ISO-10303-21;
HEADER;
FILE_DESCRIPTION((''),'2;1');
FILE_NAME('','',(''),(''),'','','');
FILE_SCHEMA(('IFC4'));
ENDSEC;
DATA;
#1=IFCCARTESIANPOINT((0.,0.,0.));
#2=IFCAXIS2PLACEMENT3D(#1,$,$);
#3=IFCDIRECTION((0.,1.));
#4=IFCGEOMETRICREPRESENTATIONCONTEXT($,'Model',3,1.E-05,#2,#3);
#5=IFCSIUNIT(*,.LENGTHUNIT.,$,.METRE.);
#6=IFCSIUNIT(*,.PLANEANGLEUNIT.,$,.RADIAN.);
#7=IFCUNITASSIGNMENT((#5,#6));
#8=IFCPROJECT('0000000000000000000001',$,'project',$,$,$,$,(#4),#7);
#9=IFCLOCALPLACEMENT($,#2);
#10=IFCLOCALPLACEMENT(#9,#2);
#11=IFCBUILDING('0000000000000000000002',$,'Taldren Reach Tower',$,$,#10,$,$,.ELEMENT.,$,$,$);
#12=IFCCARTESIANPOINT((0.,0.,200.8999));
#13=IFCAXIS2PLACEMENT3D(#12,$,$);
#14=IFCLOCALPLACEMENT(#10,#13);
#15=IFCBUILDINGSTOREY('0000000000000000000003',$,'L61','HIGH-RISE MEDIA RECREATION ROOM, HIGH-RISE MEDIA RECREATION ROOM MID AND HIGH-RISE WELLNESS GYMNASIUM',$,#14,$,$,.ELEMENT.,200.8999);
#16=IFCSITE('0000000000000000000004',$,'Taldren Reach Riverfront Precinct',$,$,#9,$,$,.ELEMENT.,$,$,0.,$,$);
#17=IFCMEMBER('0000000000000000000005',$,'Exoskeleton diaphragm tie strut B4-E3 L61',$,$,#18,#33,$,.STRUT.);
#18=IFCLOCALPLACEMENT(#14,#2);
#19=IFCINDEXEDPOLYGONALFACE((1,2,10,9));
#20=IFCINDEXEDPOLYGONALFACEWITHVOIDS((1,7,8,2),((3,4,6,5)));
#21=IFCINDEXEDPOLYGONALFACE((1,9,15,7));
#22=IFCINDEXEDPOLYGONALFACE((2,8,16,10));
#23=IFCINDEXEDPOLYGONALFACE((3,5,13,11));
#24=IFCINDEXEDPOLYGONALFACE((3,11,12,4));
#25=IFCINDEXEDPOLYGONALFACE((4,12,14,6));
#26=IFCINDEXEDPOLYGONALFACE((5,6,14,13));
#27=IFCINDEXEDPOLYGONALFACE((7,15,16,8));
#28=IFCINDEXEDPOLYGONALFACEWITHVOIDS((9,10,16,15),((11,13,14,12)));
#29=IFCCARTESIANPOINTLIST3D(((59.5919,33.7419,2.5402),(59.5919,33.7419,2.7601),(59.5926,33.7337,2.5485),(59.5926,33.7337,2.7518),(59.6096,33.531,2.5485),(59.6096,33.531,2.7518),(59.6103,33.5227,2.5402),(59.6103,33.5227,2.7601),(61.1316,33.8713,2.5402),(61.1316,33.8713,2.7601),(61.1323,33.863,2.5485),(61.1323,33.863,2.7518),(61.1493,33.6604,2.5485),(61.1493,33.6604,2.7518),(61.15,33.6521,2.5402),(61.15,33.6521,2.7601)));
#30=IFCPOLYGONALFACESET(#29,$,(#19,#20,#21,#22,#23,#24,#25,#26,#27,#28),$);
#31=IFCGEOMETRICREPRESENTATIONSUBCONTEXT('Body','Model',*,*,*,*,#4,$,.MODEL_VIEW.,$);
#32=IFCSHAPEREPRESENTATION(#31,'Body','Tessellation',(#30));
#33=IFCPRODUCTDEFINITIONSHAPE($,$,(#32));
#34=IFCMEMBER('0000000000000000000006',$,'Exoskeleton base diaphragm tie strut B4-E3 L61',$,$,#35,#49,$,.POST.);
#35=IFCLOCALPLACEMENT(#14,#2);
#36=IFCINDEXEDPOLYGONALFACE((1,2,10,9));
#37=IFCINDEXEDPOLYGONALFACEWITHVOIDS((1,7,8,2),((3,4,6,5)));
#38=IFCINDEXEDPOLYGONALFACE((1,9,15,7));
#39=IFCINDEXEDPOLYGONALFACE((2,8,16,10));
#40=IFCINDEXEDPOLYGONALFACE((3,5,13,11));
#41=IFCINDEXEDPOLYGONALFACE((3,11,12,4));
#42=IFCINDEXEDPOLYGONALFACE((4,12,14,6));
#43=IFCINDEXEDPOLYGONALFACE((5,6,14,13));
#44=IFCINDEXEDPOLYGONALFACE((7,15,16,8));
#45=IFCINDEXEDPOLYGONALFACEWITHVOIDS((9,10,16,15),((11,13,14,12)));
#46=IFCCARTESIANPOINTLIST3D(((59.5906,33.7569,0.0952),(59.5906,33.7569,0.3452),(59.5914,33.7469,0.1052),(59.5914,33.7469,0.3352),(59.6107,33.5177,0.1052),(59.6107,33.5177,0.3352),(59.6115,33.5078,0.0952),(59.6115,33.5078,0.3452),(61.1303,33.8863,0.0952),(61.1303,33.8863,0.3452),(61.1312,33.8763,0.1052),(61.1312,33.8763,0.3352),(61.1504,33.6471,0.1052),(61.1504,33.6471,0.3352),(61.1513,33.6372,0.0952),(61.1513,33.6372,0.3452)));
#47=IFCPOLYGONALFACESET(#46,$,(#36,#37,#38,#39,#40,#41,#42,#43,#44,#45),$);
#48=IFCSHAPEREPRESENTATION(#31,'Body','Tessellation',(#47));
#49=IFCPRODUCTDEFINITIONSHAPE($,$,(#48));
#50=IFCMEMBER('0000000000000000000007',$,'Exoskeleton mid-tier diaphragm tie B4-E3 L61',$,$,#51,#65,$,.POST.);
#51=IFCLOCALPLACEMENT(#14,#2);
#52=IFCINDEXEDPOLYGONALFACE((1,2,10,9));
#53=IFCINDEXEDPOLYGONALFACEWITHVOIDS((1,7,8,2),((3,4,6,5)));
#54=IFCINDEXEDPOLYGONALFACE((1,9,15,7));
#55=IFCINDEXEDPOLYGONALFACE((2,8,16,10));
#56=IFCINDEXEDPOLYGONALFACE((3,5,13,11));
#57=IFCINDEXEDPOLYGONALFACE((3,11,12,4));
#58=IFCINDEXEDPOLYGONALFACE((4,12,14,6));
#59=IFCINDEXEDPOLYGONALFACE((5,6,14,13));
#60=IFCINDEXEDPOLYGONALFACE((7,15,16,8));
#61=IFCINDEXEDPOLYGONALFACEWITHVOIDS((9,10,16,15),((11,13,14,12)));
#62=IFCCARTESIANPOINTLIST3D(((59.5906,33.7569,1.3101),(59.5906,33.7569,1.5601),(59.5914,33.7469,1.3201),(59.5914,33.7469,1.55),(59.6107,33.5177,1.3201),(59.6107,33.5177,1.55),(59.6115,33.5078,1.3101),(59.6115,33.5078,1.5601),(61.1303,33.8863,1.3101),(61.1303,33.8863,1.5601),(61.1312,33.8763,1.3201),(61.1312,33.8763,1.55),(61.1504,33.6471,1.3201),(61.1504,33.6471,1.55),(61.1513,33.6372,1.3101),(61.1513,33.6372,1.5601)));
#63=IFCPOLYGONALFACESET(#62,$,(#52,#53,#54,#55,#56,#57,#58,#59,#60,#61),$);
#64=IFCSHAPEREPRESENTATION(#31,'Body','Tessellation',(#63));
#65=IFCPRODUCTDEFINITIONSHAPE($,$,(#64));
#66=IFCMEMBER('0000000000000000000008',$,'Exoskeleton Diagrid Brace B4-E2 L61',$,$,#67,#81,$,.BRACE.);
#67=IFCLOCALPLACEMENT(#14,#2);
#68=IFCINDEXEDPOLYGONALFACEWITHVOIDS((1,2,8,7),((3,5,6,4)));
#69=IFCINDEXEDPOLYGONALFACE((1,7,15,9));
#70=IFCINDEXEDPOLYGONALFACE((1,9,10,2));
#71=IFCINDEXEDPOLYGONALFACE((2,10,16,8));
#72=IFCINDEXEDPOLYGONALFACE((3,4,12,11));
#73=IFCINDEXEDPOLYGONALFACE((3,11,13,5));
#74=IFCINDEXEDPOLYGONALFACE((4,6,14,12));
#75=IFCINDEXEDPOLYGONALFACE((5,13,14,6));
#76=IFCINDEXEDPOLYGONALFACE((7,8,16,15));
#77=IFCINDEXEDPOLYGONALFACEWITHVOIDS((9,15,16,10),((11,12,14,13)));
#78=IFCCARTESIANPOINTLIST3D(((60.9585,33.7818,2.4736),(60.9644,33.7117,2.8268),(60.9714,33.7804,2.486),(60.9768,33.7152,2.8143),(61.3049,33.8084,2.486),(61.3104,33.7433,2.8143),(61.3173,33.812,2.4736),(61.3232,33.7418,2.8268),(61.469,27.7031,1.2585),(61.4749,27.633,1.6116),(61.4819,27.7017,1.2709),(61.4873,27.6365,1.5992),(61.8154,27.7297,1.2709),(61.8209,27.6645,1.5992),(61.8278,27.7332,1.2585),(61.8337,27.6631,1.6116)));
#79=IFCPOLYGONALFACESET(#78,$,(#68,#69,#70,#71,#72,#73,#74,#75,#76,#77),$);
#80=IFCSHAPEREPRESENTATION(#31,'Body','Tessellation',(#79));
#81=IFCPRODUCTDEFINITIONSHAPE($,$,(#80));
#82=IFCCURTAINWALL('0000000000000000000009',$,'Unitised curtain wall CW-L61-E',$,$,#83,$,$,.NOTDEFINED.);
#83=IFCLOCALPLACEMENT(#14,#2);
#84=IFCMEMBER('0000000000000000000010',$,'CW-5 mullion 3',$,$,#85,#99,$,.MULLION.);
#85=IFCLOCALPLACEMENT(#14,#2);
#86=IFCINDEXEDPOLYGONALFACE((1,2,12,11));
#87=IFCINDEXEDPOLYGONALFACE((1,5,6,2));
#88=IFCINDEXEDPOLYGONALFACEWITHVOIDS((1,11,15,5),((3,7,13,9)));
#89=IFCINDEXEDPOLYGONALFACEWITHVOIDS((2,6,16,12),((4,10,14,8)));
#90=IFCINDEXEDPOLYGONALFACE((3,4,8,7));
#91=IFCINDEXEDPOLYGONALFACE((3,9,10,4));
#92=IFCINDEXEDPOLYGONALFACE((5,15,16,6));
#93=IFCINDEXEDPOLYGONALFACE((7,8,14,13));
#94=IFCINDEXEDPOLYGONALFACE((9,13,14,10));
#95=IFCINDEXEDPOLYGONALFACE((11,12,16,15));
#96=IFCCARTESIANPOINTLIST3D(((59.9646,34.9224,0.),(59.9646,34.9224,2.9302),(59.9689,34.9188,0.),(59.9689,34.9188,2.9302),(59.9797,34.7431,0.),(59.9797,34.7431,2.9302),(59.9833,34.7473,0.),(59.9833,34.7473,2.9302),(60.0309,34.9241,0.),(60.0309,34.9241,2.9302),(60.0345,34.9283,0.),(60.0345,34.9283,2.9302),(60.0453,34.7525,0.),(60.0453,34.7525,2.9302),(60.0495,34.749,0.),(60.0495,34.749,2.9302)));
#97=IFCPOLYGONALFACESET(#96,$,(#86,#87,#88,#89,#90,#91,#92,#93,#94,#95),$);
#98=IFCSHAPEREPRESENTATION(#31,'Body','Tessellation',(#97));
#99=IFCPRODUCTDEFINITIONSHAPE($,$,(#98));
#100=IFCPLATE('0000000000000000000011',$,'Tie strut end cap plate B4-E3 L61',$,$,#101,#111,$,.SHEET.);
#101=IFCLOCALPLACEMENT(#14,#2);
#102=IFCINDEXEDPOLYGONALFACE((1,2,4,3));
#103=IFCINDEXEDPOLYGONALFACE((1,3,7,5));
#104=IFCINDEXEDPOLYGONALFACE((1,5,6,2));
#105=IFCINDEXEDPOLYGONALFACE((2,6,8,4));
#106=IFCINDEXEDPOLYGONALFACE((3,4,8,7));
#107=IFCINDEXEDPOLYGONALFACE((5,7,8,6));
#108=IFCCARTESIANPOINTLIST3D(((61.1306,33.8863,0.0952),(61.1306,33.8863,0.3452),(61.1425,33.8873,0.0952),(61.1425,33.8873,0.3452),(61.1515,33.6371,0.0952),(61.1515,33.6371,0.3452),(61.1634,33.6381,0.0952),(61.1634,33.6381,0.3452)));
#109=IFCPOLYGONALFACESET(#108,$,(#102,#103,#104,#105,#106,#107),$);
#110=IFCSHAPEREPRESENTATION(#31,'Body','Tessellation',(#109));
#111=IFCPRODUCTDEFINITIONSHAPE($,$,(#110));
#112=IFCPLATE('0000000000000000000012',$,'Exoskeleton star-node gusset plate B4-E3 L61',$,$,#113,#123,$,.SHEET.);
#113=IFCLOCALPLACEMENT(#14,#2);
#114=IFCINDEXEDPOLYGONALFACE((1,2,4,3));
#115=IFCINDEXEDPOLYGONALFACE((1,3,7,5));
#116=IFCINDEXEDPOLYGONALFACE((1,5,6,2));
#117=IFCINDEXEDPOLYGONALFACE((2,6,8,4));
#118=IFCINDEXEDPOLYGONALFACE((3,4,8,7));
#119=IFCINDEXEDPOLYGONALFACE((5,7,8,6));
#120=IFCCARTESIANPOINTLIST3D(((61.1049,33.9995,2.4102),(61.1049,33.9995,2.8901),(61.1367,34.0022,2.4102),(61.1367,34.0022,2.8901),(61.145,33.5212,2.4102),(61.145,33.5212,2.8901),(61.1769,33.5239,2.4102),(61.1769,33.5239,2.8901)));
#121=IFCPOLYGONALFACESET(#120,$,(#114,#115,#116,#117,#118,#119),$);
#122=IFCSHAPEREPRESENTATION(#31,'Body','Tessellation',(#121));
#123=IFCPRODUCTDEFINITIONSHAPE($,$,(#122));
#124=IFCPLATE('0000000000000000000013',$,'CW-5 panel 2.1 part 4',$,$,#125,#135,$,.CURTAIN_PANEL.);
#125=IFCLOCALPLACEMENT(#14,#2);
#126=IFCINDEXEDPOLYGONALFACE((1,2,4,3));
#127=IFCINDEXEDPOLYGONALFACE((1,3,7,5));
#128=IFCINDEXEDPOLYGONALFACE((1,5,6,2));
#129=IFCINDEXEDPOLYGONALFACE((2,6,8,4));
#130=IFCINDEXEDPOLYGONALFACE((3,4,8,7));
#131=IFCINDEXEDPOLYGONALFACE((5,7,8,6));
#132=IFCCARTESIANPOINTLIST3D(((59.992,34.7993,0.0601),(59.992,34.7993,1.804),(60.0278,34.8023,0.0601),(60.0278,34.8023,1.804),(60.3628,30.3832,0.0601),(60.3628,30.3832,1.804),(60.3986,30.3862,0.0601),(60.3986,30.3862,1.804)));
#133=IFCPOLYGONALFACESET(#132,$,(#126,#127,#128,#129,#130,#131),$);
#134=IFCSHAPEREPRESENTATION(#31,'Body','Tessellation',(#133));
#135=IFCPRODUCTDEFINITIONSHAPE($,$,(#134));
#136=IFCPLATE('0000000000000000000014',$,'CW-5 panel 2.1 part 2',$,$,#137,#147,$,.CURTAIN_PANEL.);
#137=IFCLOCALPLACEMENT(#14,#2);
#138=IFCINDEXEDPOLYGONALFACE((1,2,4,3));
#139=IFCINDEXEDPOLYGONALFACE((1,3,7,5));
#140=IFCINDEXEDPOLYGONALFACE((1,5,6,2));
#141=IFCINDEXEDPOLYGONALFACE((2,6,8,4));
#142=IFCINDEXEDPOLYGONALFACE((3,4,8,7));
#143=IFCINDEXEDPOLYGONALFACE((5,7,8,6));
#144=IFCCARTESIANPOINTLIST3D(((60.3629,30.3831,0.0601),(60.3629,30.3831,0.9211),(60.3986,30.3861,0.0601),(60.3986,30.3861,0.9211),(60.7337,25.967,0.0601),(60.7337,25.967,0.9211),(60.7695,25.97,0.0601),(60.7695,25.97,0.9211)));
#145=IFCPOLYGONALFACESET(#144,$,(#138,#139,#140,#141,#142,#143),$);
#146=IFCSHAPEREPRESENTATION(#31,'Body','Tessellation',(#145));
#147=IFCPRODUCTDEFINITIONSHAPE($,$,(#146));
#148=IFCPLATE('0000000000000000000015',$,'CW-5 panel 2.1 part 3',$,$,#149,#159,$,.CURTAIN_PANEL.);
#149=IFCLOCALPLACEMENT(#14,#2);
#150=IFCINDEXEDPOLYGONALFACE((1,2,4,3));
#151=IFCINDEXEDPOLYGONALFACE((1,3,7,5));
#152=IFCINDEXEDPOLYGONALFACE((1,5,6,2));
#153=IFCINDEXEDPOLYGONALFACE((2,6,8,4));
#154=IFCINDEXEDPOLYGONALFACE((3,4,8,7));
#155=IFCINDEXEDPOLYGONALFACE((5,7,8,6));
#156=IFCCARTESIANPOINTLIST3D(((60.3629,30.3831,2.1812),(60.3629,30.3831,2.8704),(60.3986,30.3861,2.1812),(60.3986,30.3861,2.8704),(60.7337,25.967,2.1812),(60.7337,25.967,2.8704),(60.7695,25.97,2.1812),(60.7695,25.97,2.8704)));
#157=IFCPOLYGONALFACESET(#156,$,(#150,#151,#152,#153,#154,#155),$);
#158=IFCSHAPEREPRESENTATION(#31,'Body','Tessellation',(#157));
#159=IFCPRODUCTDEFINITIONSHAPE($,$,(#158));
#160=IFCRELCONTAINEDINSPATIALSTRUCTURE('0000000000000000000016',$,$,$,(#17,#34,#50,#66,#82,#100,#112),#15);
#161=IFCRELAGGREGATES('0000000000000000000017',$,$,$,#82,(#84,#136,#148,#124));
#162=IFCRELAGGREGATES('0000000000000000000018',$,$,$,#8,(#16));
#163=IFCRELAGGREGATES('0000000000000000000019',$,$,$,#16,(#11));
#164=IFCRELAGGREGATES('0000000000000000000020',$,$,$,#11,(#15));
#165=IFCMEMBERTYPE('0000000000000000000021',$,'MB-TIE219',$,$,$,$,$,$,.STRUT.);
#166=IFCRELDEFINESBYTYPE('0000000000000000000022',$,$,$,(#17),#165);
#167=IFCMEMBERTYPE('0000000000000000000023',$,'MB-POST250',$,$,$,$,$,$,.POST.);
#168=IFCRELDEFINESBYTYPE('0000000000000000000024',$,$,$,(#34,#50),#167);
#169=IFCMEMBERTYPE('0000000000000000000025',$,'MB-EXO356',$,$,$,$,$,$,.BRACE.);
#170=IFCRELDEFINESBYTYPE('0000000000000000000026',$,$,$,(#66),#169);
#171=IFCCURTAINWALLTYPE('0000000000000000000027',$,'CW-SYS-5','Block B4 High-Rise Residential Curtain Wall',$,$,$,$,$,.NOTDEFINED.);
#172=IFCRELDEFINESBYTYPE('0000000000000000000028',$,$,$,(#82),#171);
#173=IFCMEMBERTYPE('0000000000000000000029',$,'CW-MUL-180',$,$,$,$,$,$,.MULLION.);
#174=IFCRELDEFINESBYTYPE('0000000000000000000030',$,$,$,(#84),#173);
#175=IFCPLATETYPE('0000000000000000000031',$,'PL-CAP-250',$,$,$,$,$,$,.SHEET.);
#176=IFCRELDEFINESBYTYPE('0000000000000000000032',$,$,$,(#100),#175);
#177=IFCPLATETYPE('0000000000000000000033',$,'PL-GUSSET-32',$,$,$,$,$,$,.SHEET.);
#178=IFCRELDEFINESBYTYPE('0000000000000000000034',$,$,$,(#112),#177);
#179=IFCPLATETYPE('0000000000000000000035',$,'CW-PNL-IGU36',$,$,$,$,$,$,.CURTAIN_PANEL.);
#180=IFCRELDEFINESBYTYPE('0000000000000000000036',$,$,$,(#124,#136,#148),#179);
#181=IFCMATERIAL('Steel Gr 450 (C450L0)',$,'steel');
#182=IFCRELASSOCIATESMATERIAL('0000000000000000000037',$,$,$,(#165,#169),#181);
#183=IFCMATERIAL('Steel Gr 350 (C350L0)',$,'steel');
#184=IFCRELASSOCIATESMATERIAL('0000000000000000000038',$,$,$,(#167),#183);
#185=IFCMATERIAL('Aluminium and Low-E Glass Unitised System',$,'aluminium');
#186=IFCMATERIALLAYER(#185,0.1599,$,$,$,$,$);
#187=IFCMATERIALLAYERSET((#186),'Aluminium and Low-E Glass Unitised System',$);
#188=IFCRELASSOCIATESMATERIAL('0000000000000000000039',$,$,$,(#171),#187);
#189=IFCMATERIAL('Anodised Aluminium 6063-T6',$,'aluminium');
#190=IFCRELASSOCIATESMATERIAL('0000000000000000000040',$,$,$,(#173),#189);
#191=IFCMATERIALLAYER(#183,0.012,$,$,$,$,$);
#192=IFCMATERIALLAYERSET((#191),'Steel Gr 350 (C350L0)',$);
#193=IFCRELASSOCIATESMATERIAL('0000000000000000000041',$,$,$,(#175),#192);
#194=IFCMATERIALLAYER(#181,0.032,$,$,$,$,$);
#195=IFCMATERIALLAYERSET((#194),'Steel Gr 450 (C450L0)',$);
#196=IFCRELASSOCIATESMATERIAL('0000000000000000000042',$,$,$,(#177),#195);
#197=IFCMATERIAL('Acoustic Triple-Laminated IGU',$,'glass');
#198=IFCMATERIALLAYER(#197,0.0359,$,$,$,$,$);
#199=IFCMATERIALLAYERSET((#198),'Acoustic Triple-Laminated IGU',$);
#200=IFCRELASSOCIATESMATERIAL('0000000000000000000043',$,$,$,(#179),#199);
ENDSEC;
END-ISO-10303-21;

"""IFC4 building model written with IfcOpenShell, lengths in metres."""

from ifc_helpers import new_model, si_unit, direction, frame, origin, origin_2d, place, context, subcontext, project, spatial, rectangle, hollow_rectangle, extrude, source, transform, mapped, material, layer, layer_set, material_profile, profile_set, type_object, element, aggregate, save


model = new_model("IFC4")

# Units and contexts
model_context = context("Model", 3, precision=1e-05, world=origin(), true_north=direction((0.0, 1.0)))
body_context = subcontext(model_context, "Body", "Model", "MODEL_VIEW")
ifc_project = project(units=[si_unit("LENGTHUNIT", "METRE"), si_unit("PLANEANGLEUNIT", "RADIAN")], contexts=[model_context])

# Site, building, storey
site_placement = place(None, origin())
site = spatial("IfcSite", under=ifc_project, at=site_placement, Name="Taldren Reach Riverfront Precinct", CompositionType="ELEMENT", RefElevation=0.0)
building_placement = place(site_placement, origin())
building = spatial("IfcBuilding", under=site, at=building_placement, Name="Taldren Reach Tower", CompositionType="ELEMENT")
storey_placement = place(building_placement, frame((0.0, 0.0, 200.8999)))
storey = spatial("IfcBuildingStorey", under=building, at=storey_placement, Name="L61", Description="HIGH-RISE MEDIA RECREATION ROOM, HIGH-RISE MEDIA RECREATION ROOM MID AND HIGH-RISE WELLNESS GYMNASIUM", CompositionType="ELEMENT", Elevation=200.8999)

# Shared definitions
ifc_material_1 = material(Name="Steel Gr 450 (C450L0)", Category="steel")

# Members
ifc_material_profile_1 = material_profile(ifc_material_1, hollow_rectangle(XDim=0.22, YDim=0.22, WallThickness=0.0083, at=origin_2d()), Name="220x220x8.2SHS")
ifc_profile_set_1 = profile_set([ifc_material_profile_1], Name="Steel Gr 450 (C450L0)")
member_type_1 = type_object("IfcMemberType", Name="MB-TIE219", PredefinedType="STRUT", material=ifc_profile_set_1)
shared_shape_1 = source(origin(), body_context, "Body", "SweptSolid", [
    extrude(hollow_rectangle(XDim=0.22, YDim=0.22, WallThickness=0.0083, at=origin_2d()), origin(), (0.0, 0.0, 1.0), 1.5452),
])
member_1_placement = place(storey_placement, frame((59.6011, 33.6323, 2.6501), z_axis=(0.996488, 0.083738, 0.0), x_axis=(-0.083738, 0.996488, 0.0)))
element("IfcMember", 1, at=member_1_placement, inside=storey, type_object=member_type_1, Name="Exoskeleton diaphragm tie strut B4-E3 L61", PredefinedType="STRUT", context=body_context, shape_type="MappedRepresentation", body=[
    mapped(shared_shape_1, transform((0.0, 0.0, 0.0), scale=1.0)),
])
ifc_material_2 = material(Name="Steel Gr 350 (C350L0)", Category="steel")
ifc_material_profile_2 = material_profile(ifc_material_2, hollow_rectangle(XDim=0.25, YDim=0.25, WallThickness=0.01, at=origin_2d()), Name="250x250x10.0SHS")
ifc_profile_set_2 = profile_set([ifc_material_profile_2], Name="Steel Gr 350 (C350L0)")
member_type_2 = type_object("IfcMemberType", Name="MB-POST250", PredefinedType="POST", material=ifc_profile_set_2)
shared_shape_2 = source(origin(), body_context, "Body", "SweptSolid", [
    extrude(hollow_rectangle(XDim=0.25, YDim=0.25, WallThickness=0.01, at=origin_2d()), origin(), (0.0, 0.0, 1.0), 1.5452),
])
for number, where, z_axis, x_axis, name in (
    (2, (59.6011, 33.6323, 0.2202), (0.996488, 0.083738, 0.0), (-0.083738, 0.996488, 0.0), "Exoskeleton base diaphragm tie strut B4-E3 L61"),
    (3, (59.6011, 33.6323, 1.4351), (0.996488, 0.083738, 0.0), (-0.083738, 0.996488, 0.0), "Exoskeleton mid-tier diaphragm tie B4-E3 L61"),
):
    element("IfcMember", number, at=place(storey_placement, frame(where, z_axis=z_axis, x_axis=x_axis)), inside=storey, type_object=member_type_2, Name=name, PredefinedType="POST", context=body_context, shape_type="MappedRepresentation", body=[
        mapped(shared_shape_2, transform((0.0, 0.0, 0.0), scale=1.0)),
    ])
ifc_material_profile_3 = material_profile(ifc_material_1, hollow_rectangle(XDim=0.3601, YDim=0.3601, WallThickness=0.0127, at=origin_2d()), Name="360x360x12.7SHS")
ifc_profile_set_3 = profile_set([ifc_material_profile_3], Name="Steel Gr 450 (C450L0)")
member_type_3 = type_object("IfcMemberType", Name="MB-EXO356", PredefinedType="BRACE", material=ifc_profile_set_3)
shared_shape_3 = source(origin(), body_context, "Body", "SweptSolid", [
    extrude(hollow_rectangle(XDim=0.3601, YDim=0.3601, WallThickness=0.0127, at=origin_2d()), origin(), (0.0, 0.0, 1.0), 6.22),
])
member_2_placement = place(storey_placement, frame((61.6514, 27.6831, 1.4351), z_axis=(-0.082076, 0.977292, 0.195356), x_axis=(-0.996492, -0.083688, 0.0)))
element("IfcMember", 4, at=member_2_placement, inside=storey, type_object=member_type_3, Name="Exoskeleton Diagrid Brace B4-E2 L61", PredefinedType="BRACE", context=body_context, shape_type="MappedRepresentation", body=[
    mapped(shared_shape_3, transform((0.0, 0.0, 0.0), scale=1.0)),
])

# Curtain wall, member
ifc_material_3 = material(Name="Aluminium and Low-E Glass Unitised System", Category="aluminium")
ifc_layer_1 = layer(ifc_material_3, 0.1599)
ifc_layer_set_1 = layer_set([ifc_layer_1], Name="Aluminium and Low-E Glass Unitised System")
curtain_wall_type = type_object("IfcCurtainWallType", Name="CW-SYS-5", Description="Block B4 High-Rise Residential Curtain Wall", PredefinedType="NOTDEFINED", material=ifc_layer_set_1)
curtain_wall_placement = place(storey_placement, origin())
curtain_wall = element("IfcCurtainWall", 5, at=curtain_wall_placement, inside=storey, type_object=curtain_wall_type, Name="Unitised curtain wall CW-L61-E", PredefinedType="NOTDEFINED")
ifc_material_4 = material(Name="Anodised Aluminium 6063-T6", Category="aluminium")
ifc_material_profile_4 = material_profile(ifc_material_4, hollow_rectangle(XDim=0.0701, YDim=0.1799, WallThickness=0.0039, at=origin_2d()), Name="ALU-180x70x4RHS")
ifc_profile_set_4 = profile_set([ifc_material_profile_4], Name="Anodised Aluminium 6063-T6")
member_type_4 = type_object("IfcMemberType", Name="CW-MUL-180", PredefinedType="MULLION", material=ifc_profile_set_4)
shared_shape_4 = source(origin(), body_context, "Body", "SweptSolid", [
    extrude(hollow_rectangle(XDim=0.0701, YDim=0.1799, WallThickness=0.0039, at=origin_2d()), origin(), (0.0, 0.0, 1.0), 2.9302),
])
member_3_placement = place(storey_placement, frame((60.0071, 34.8357, 0.0), z_axis=(0.0, 0.0, 1.0), x_axis=(-0.996493, -0.083678, 0.0)))
member_3 = element("IfcMember", 6, at=member_3_placement, type_object=member_type_4, Name="CW-5 mullion 3", PredefinedType="MULLION", context=body_context, shape_type="MappedRepresentation", body=[
    mapped(shared_shape_4, transform((0.0, 0.0, 0.0), scale=1.0)),
])

# Plates
ifc_layer_2 = layer(ifc_material_2, 0.012)
ifc_layer_set_2 = layer_set([ifc_layer_2], Name="Steel Gr 350 (C350L0)")
plate_type_1 = type_object("IfcPlateType", Name="PL-CAP-250", PredefinedType="SHEET", material=ifc_layer_set_2)
shared_shape_5 = source(origin(), body_context, "Body", "SweptSolid", [
    extrude(rectangle(XDim=0.012, YDim=0.25, at=origin_2d()), origin(), (0.0, 0.0, 1.0), 0.25),
])
plate_1_placement = place(storey_placement, frame((61.147, 33.7622, 0.0952), z_axis=(0.0, 0.0, 1.0), x_axis=(0.996493, 0.083678, 0.0)))
element("IfcPlate", 7, at=plate_1_placement, inside=storey, type_object=plate_type_1, Name="Tie strut end cap plate B4-E3 L61", PredefinedType="SHEET", context=body_context, shape_type="MappedRepresentation", body=[
    mapped(shared_shape_5, transform((0.0, 0.0, 0.0), scale=1.0)),
])
ifc_layer_3 = layer(ifc_material_1, 0.032)
ifc_layer_set_3 = layer_set([ifc_layer_3], Name="Steel Gr 450 (C450L0)")
plate_type_2 = type_object("IfcPlateType", Name="PL-GUSSET-32", PredefinedType="SHEET", material=ifc_layer_set_3)
shared_shape_6 = source(origin(), body_context, "Body", "SweptSolid", [
    extrude(rectangle(XDim=0.48, YDim=0.032, at=origin_2d()), origin(), (0.0, 0.0, 1.0), 0.48),
])
plate_2_placement = place(storey_placement, frame((61.1409, 33.7617, 2.4102), z_axis=(0.0, 0.0, 1.0), x_axis=(-0.083678, 0.996493, 0.0)))
element("IfcPlate", 8, at=plate_2_placement, inside=storey, type_object=plate_type_2, Name="Exoskeleton star-node gusset plate B4-E3 L61", PredefinedType="SHEET", context=body_context, shape_type="MappedRepresentation", body=[
    mapped(shared_shape_6, transform((0.0, 0.0, 0.0), scale=1.0)),
])

# Plates
ifc_material_5 = material(Name="Acoustic Triple-Laminated IGU", Category="glass")
ifc_layer_4 = layer(ifc_material_5, 0.0359)
ifc_layer_set_4 = layer_set([ifc_layer_4], Name="Acoustic Triple-Laminated IGU")
plate_type_3 = type_object("IfcPlateType", Name="CW-PNL-IGU36", PredefinedType="CURTAIN_PANEL", material=ifc_layer_set_4)
shared_shape_7 = source(origin(), body_context, "Body", "SweptSolid", [
    extrude(rectangle(XDim=4.4316, YDim=0.0359, at=origin_2d()), origin(), (0.0, 0.0, 1.0), 1.7439),
])
plate_3_placement = place(storey_placement, frame((60.1953, 32.5928, 0.0601), z_axis=(0.0, 0.0, 1.0), x_axis=(-0.083678, 0.996493, 0.0)))
plate_3 = element("IfcPlate", 9, at=plate_3_placement, type_object=plate_type_3, Name="CW-5 panel 2.1 part 4", PredefinedType="CURTAIN_PANEL", context=body_context, shape_type="MappedRepresentation", body=[
    mapped(shared_shape_7, transform((0.0, 0.0, 0.0), scale=1.0)),
])
shared_shape_8 = source(origin(), body_context, "Body", "SweptSolid", [
    extrude(rectangle(XDim=4.4316, YDim=0.0359, at=origin_2d()), origin(), (0.0, 0.0, 1.0), 0.8611),
])
plate_4_placement = place(storey_placement, frame((60.5662, 28.1765, 0.0601), z_axis=(0.0, 0.0, 1.0), x_axis=(-0.083678, 0.996493, 0.0)))
plate_4 = element("IfcPlate", 10, at=plate_4_placement, type_object=plate_type_3, Name="CW-5 panel 2.1 part 2", PredefinedType="CURTAIN_PANEL", context=body_context, shape_type="MappedRepresentation", body=[
    mapped(shared_shape_8, transform((0.0, 0.0, 0.0), scale=1.0)),
])
shared_shape_9 = source(origin(), body_context, "Body", "SweptSolid", [
    extrude(rectangle(XDim=4.4316, YDim=0.0359, at=origin_2d()), origin(), (0.0, 0.0, 1.0), 0.6892),
])
plate_5_placement = place(storey_placement, frame((60.5662, 28.1765, 2.1812), z_axis=(0.0, 0.0, 1.0), x_axis=(-0.083678, 0.996493, 0.0)))
plate_5 = element("IfcPlate", 11, at=plate_5_placement, type_object=plate_type_3, Name="CW-5 panel 2.1 part 3", PredefinedType="CURTAIN_PANEL", context=body_context, shape_type="MappedRepresentation", body=[
    mapped(shared_shape_9, transform((0.0, 0.0, 0.0), scale=1.0)),
])
aggregate(curtain_wall, [member_3, plate_4, plate_5, plate_3])

save(model, "model.ifc")
